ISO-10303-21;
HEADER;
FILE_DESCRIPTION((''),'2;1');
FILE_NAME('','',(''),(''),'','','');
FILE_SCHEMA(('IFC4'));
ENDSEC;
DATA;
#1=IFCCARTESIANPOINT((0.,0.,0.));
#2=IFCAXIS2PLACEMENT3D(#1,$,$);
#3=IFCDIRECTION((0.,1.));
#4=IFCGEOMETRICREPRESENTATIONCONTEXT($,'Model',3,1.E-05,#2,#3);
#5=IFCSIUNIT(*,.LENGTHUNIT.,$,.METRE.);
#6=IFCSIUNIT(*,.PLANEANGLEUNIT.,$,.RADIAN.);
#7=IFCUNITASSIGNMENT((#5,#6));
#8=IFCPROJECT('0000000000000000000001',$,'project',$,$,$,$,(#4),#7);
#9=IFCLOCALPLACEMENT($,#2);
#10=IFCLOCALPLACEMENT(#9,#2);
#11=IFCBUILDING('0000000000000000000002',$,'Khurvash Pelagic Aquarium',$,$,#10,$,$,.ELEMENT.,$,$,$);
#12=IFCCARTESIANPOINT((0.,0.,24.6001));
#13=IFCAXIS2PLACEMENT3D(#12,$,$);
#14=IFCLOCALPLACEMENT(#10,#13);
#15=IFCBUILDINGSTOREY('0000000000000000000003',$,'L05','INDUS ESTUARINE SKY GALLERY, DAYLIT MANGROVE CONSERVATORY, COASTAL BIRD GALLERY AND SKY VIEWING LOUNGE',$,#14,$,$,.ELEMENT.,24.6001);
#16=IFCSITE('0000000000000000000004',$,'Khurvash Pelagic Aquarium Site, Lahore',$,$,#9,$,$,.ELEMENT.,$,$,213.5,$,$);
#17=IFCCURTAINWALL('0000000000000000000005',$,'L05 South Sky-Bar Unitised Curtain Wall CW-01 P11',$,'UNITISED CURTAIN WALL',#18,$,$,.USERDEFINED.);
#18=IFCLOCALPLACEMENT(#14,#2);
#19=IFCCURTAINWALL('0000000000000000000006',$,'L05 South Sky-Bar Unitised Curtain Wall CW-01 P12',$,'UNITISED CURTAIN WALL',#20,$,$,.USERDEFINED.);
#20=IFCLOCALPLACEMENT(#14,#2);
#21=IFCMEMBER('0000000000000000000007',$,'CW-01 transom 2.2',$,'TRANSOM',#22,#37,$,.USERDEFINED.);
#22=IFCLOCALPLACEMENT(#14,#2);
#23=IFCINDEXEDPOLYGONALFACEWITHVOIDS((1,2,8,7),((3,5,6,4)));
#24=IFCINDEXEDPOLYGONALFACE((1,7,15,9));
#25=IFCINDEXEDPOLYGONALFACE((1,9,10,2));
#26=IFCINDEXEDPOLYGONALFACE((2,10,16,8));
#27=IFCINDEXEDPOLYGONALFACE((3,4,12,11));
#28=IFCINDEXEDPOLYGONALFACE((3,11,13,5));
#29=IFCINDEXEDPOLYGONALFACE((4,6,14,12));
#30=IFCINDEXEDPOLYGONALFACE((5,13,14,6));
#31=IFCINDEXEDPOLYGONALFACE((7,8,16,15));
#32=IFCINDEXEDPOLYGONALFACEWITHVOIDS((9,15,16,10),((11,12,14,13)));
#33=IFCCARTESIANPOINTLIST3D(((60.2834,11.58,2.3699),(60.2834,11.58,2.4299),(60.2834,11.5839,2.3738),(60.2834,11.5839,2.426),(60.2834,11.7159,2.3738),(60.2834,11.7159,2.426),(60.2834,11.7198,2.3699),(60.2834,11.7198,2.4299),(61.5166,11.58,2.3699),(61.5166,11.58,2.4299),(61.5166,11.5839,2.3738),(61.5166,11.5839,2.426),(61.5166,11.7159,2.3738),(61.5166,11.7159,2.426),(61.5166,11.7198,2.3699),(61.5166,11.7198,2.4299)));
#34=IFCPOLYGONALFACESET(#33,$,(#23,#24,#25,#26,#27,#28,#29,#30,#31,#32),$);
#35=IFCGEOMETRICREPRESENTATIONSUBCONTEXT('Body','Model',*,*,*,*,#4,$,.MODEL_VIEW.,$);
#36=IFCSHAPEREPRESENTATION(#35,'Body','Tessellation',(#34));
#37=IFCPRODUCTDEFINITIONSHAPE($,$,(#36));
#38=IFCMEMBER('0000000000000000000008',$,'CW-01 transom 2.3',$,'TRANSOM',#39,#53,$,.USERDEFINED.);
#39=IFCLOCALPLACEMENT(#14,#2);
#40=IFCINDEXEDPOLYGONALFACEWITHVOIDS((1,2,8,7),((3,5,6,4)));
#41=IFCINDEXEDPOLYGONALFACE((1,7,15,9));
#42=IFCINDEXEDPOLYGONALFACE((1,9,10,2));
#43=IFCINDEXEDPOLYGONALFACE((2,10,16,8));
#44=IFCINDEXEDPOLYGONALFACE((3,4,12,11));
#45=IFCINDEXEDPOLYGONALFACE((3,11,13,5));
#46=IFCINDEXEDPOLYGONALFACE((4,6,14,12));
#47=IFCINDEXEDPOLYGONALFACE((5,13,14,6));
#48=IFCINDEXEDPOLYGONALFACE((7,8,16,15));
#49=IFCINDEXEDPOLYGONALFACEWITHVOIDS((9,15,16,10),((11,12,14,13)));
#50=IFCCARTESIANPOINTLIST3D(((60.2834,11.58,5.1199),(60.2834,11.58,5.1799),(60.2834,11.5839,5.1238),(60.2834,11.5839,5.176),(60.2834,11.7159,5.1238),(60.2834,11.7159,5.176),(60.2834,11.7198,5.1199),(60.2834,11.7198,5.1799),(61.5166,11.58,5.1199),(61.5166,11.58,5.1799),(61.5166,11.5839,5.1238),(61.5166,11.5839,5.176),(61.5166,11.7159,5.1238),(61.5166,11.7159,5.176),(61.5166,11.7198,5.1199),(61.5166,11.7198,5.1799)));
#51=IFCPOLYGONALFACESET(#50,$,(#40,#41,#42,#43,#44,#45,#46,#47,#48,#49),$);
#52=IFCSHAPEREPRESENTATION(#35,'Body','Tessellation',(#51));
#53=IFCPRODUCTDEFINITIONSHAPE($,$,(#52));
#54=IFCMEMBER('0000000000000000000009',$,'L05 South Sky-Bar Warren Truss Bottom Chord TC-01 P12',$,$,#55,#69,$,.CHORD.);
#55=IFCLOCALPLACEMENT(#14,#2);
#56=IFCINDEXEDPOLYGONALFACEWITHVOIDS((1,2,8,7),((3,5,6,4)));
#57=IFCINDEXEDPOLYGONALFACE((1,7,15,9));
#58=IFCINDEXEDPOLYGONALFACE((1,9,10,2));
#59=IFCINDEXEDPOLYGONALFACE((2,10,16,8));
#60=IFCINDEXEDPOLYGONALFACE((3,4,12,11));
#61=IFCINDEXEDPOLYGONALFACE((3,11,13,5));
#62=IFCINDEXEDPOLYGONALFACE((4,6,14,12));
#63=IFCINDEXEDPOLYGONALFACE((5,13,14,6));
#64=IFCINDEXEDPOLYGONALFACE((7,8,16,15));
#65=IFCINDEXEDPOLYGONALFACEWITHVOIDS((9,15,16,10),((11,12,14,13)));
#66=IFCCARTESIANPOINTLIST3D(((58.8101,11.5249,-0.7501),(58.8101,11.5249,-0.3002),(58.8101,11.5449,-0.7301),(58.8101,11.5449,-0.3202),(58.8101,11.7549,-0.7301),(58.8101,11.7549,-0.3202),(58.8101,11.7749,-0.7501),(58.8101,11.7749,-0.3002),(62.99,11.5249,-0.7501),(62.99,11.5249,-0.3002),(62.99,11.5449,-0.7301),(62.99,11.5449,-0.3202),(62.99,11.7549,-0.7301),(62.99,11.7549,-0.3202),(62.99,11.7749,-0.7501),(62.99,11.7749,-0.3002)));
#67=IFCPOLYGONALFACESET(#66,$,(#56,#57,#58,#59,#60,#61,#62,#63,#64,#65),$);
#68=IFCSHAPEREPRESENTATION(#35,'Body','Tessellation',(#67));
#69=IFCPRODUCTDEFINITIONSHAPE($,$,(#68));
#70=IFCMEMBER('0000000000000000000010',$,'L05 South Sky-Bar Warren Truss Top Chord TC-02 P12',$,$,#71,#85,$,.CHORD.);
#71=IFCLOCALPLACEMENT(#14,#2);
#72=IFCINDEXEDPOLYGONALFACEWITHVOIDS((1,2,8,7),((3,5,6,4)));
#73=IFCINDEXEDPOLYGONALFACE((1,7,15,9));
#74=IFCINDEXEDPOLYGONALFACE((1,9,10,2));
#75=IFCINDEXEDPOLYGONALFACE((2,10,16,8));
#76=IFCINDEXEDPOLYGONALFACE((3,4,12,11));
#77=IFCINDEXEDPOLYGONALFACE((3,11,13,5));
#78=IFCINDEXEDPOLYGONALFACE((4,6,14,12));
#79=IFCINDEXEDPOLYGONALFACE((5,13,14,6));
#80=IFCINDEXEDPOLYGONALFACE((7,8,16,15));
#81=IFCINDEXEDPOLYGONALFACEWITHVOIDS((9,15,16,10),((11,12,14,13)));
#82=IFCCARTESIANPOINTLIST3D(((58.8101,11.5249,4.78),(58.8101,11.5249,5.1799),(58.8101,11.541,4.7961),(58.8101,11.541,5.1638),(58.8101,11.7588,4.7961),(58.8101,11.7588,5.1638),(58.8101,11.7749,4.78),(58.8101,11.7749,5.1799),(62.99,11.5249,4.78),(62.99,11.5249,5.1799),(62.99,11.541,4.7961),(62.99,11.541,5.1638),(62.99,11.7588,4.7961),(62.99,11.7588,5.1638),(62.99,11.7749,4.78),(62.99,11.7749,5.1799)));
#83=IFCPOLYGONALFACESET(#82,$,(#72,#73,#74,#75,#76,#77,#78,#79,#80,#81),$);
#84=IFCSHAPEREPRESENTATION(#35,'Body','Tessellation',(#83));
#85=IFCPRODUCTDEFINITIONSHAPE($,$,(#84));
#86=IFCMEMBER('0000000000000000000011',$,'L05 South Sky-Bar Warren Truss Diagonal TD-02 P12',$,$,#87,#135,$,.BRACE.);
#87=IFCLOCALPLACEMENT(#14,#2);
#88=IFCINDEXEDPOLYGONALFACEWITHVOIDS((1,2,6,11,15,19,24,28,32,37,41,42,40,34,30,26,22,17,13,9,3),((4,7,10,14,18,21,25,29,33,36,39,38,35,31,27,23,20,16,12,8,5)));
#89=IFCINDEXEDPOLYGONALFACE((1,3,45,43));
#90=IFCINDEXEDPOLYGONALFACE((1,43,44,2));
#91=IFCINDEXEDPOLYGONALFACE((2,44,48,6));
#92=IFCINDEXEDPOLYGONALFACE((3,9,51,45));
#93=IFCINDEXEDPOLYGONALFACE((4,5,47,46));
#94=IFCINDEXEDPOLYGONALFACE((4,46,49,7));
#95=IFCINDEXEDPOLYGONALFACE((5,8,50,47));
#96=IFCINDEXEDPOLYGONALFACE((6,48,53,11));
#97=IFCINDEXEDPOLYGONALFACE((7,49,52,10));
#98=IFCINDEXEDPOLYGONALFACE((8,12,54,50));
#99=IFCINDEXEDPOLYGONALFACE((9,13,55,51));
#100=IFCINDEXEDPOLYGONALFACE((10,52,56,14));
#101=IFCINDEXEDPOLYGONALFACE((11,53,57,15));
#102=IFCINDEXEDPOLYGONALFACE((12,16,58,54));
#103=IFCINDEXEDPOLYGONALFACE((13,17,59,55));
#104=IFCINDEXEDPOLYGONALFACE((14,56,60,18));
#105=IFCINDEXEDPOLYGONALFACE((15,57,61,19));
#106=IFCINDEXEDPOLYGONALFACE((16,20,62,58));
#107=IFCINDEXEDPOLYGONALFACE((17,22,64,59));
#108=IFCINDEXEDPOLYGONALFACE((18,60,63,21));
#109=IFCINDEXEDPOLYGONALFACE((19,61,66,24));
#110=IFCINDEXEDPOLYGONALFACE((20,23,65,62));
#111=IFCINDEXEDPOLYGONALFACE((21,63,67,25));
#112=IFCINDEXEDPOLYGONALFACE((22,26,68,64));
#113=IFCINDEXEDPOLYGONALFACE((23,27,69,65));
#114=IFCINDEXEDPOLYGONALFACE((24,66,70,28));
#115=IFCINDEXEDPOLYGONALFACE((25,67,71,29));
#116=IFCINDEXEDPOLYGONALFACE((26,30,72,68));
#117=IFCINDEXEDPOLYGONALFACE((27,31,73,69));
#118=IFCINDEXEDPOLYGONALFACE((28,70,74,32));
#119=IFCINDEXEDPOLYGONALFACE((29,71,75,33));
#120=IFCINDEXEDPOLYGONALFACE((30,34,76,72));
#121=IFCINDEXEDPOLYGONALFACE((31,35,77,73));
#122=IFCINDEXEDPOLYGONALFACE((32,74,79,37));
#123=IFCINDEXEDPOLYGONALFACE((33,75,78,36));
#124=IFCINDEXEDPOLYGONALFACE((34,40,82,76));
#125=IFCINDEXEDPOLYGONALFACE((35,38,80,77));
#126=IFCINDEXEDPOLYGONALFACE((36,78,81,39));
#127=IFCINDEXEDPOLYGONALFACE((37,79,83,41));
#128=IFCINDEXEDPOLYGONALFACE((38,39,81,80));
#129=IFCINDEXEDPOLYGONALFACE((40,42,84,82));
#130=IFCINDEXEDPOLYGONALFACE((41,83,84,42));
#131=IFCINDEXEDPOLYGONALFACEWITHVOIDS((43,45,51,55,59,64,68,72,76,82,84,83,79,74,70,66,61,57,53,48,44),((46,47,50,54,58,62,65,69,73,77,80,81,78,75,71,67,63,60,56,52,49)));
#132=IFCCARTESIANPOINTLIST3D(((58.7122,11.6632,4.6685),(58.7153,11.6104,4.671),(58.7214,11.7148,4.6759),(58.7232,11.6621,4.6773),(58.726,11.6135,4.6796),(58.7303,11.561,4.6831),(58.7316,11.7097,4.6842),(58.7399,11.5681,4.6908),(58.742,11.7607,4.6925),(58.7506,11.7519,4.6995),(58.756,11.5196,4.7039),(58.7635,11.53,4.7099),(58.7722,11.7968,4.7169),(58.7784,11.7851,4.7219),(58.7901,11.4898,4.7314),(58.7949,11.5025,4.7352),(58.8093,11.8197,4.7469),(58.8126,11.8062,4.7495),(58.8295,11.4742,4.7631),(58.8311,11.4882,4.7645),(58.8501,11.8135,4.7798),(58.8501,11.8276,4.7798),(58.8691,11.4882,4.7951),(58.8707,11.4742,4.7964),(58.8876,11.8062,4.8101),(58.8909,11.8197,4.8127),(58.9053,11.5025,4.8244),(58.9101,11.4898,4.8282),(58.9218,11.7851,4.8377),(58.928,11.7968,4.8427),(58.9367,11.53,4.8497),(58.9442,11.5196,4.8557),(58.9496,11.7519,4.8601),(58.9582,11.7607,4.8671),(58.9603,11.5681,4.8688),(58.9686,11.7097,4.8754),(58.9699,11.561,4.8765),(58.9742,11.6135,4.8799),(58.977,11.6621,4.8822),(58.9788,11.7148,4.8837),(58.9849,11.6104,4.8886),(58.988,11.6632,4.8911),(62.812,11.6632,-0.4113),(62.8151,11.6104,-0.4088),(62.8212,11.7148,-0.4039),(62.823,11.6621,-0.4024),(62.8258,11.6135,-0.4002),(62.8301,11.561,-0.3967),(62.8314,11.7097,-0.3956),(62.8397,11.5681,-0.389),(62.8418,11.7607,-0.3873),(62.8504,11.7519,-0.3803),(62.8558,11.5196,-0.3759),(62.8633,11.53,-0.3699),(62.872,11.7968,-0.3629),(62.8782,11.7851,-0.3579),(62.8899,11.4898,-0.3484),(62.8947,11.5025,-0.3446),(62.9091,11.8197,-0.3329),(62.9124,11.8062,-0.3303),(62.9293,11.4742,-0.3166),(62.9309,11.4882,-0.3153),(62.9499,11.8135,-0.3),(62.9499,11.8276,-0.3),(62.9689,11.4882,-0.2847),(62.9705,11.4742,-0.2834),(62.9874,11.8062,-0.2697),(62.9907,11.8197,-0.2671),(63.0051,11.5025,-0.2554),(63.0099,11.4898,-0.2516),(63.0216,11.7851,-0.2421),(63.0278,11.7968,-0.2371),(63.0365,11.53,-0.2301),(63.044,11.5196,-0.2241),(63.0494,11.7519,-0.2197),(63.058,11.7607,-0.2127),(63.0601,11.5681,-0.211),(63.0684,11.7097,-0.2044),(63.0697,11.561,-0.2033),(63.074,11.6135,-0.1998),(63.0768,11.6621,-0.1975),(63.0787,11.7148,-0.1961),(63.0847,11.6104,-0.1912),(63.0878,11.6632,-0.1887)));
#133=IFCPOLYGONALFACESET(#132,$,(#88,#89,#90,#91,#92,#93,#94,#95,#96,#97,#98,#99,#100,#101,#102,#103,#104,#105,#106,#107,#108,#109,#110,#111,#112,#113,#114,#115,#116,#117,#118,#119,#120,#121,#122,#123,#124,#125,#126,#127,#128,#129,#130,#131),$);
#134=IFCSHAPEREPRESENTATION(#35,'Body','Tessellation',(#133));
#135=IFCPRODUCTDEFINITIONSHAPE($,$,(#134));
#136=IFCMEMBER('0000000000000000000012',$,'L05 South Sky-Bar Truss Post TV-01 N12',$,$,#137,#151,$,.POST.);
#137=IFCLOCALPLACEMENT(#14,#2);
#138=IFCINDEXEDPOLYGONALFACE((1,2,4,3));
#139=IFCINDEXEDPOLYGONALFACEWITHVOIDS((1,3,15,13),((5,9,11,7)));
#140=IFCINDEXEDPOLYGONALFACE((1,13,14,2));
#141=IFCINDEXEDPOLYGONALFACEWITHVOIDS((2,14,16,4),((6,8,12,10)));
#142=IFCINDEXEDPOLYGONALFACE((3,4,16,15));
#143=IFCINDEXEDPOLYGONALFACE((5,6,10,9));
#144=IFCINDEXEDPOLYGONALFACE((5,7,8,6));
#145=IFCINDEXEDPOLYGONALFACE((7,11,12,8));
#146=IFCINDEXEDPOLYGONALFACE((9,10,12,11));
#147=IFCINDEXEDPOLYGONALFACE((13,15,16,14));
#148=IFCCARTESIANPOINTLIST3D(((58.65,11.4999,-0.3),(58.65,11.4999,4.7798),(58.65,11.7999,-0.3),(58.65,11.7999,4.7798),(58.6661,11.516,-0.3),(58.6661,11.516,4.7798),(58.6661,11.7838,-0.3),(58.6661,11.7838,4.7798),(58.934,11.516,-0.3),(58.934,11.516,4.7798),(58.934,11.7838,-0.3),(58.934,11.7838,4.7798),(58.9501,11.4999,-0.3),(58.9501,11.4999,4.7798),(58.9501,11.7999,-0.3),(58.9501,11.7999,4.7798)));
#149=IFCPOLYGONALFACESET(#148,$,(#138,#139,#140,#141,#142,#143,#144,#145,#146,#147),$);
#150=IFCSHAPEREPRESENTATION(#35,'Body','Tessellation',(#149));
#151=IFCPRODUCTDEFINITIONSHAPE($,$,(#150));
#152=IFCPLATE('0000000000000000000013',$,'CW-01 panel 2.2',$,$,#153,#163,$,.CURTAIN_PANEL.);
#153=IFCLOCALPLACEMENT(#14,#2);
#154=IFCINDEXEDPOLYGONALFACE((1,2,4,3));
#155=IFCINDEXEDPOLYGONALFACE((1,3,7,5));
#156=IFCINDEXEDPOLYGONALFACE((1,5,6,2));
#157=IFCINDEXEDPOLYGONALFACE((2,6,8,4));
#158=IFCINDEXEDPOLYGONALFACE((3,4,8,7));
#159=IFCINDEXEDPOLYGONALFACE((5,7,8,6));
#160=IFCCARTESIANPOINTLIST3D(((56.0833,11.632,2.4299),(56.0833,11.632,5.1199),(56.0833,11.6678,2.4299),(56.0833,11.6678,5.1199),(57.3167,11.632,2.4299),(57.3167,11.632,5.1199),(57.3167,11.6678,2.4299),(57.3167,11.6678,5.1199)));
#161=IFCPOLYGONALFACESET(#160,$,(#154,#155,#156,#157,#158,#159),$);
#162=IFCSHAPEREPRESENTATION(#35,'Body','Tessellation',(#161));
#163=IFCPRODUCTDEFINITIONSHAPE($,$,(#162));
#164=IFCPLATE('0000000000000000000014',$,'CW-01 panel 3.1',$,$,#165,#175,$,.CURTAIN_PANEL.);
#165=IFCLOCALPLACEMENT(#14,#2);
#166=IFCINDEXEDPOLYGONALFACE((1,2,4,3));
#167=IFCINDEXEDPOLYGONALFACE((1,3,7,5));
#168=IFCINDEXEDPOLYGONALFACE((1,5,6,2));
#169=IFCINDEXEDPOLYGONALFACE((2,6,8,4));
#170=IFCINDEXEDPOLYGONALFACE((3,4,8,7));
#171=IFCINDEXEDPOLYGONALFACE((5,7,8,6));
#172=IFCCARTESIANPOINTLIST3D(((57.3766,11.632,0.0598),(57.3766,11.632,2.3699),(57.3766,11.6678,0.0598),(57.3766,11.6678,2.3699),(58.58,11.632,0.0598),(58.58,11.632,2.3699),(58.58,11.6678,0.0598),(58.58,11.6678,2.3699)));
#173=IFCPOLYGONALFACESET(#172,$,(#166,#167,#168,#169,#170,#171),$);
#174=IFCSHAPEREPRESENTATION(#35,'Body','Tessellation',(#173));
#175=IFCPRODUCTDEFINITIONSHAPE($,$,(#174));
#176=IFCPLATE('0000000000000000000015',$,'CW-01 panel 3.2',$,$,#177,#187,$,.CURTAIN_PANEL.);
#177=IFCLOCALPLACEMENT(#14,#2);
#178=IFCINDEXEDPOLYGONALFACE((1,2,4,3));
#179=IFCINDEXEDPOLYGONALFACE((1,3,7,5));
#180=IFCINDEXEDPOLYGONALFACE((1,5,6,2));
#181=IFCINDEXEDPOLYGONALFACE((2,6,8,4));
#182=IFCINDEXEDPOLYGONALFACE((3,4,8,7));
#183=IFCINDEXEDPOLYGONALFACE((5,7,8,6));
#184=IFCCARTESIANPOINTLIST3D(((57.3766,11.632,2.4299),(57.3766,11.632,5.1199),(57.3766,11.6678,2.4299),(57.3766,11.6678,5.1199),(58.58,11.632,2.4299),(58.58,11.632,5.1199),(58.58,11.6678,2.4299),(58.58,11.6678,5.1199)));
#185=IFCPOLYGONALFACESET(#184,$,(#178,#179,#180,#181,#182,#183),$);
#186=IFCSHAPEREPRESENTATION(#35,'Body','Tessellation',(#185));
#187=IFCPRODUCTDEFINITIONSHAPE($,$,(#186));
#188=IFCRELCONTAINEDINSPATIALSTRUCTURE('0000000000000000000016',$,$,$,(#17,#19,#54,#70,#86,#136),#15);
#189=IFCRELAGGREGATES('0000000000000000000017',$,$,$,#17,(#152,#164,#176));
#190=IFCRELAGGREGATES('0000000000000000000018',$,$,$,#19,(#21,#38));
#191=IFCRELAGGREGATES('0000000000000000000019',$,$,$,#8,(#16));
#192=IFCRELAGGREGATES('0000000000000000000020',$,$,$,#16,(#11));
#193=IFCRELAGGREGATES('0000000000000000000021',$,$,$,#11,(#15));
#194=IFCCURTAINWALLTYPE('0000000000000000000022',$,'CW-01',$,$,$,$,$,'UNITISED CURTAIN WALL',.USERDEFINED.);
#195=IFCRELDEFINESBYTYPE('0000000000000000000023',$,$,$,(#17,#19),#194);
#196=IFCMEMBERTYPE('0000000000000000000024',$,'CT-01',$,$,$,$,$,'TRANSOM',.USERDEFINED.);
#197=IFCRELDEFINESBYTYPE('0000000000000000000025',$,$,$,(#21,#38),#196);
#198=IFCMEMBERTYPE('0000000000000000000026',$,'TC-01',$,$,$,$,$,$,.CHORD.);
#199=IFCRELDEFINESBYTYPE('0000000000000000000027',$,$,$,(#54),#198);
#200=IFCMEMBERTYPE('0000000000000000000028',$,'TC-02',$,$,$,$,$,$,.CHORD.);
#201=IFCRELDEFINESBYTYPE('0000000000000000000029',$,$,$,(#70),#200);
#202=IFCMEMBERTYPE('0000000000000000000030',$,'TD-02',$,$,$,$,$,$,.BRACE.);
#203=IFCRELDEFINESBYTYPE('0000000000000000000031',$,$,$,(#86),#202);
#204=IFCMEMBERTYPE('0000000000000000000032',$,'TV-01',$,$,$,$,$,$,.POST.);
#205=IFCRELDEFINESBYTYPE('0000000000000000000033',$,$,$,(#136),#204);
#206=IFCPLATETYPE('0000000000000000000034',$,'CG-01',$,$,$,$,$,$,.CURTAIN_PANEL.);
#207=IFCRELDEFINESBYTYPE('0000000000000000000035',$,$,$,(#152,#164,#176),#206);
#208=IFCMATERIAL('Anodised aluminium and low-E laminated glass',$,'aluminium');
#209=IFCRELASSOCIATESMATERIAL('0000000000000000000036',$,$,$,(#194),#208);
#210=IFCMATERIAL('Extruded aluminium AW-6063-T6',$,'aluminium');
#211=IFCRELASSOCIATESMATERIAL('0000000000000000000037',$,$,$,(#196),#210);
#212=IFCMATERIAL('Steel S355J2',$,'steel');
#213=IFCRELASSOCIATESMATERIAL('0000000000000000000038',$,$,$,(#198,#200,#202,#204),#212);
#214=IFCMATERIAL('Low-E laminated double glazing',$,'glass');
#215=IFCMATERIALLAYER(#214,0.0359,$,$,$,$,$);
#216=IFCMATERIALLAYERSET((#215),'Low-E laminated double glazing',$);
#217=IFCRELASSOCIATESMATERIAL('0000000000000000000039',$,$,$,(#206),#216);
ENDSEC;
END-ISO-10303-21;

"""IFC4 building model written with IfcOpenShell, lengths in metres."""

from ifc_helpers import new_model, si_unit, direction, frame, origin, origin_2d, place, context, subcontext, project, spatial, rectangle, hollow_rectangle, hollow_circle, extrude, material, layer, layer_set, material_profile, profile_set, type_object, element, aggregate, save


model = new_model("IFC4")

# Units and contexts
model_context = context("Model", 3, precision=1e-05, world=origin(), true_north=direction((0.0, 1.0)))
body_context = subcontext(model_context, "Body", "Model", "MODEL_VIEW")
ifc_project = project(units=[si_unit("LENGTHUNIT", "METRE"), si_unit("PLANEANGLEUNIT", "RADIAN")], contexts=[model_context])

# Site, building, storey
site_placement = place(None, origin())
site = spatial("IfcSite", under=ifc_project, at=site_placement, Name="Khurvash Pelagic Aquarium Site, Lahore", CompositionType="ELEMENT", RefElevation=213.5)
building_placement = place(site_placement, origin())
building = spatial("IfcBuilding", under=site, at=building_placement, Name="Khurvash Pelagic Aquarium", CompositionType="ELEMENT")
storey_placement = place(building_placement, frame((0.0, 0.0, 24.6001)))
storey = spatial("IfcBuildingStorey", under=building, at=storey_placement, Name="L05", Description="INDUS ESTUARINE SKY GALLERY, DAYLIT MANGROVE CONSERVATORY, COASTAL BIRD GALLERY AND SKY VIEWING LOUNGE", CompositionType="ELEMENT", Elevation=24.6001)

# Curtain walls
ifc_material_1 = material(Name="Anodised aluminium and low-E laminated glass", Category="aluminium")
curtain_wall_type = type_object("IfcCurtainWallType", Name="CW-01", ElementType="UNITISED CURTAIN WALL", PredefinedType="USERDEFINED", material=ifc_material_1)
curtain_wall_1_placement = place(storey_placement, origin())
curtain_wall_1 = element("IfcCurtainWall", 1, at=curtain_wall_1_placement, inside=storey, type_object=curtain_wall_type, Name="L05 South Sky-Bar Unitised Curtain Wall CW-01 P11", ObjectType="UNITISED CURTAIN WALL", PredefinedType="USERDEFINED")
ifc_material_2 = material(Name="Extruded aluminium AW-6063-T6", Category="aluminium")
curtain_wall_2_placement = place(storey_placement, origin())
curtain_wall_2 = element("IfcCurtainWall", 2, at=curtain_wall_2_placement, inside=storey, type_object=curtain_wall_type, Name="L05 South Sky-Bar Unitised Curtain Wall CW-01 P12", ObjectType="UNITISED CURTAIN WALL", PredefinedType="USERDEFINED")

# Members
ifc_material_profile_1 = material_profile(ifc_material_2, hollow_rectangle(XDim=0.1399, YDim=0.0601, WallThickness=0.0039, at=origin_2d()), Name="CWT140X60X4")
ifc_profile_set_1 = profile_set([ifc_material_profile_1], Name="Extruded aluminium AW-6063-T6")
member_type_1 = type_object("IfcMemberType", Name="CT-01", ElementType="TRANSOM", PredefinedType="USERDEFINED", material=ifc_profile_set_1)
member_1_placement = place(storey_placement, frame((60.2834, 11.6499, 2.3999), z_axis=(1.0, 0.0, 0.0), x_axis=(0.0, 1.0, 0.0)))
member_1 = element("IfcMember", 3, at=member_1_placement, type_object=member_type_1, Name="CW-01 transom 2.2", ObjectType="TRANSOM", PredefinedType="USERDEFINED", context=body_context, shape_type="SweptSolid", body=[
    extrude(hollow_rectangle(XDim=0.1399, YDim=0.0601, WallThickness=0.0039, at=origin_2d()), origin(), (0.0, 0.0, 1.0), 1.2332),
])
member_2_placement = place(storey_placement, frame((60.2834, 11.6499, 5.1499), z_axis=(1.0, 0.0, 0.0), x_axis=(0.0, 1.0, 0.0)))
member_2 = element("IfcMember", 4, at=member_2_placement, type_object=member_type_1, Name="CW-01 transom 2.3", ObjectType="TRANSOM", PredefinedType="USERDEFINED", context=body_context, shape_type="SweptSolid", body=[
    extrude(hollow_rectangle(XDim=0.1399, YDim=0.0601, WallThickness=0.0039, at=origin_2d()), origin(), (0.0, 0.0, 1.0), 1.2332),
])

# Members
ifc_material_3 = material(Name="Steel S355J2", Category="steel")
ifc_material_profile_2 = material_profile(ifc_material_3, hollow_rectangle(XDim=0.25, YDim=0.45, WallThickness=0.02, at=origin_2d()), Name="RHS450X250X20")
ifc_profile_set_2 = profile_set([ifc_material_profile_2], Name="Steel S355J2")
member_type_2 = type_object("IfcMemberType", Name="TC-01", PredefinedType="CHORD", material=ifc_profile_set_2)
member_3_placement = place(storey_placement, frame((58.8101, 11.6499, -0.5251), z_axis=(1.0, 0.0, 0.0), x_axis=(0.0, 1.0, 0.0)))
element("IfcMember", 5, at=member_3_placement, inside=storey, type_object=member_type_2, Name="L05 South Sky-Bar Warren Truss Bottom Chord TC-01 P12", PredefinedType="CHORD", context=body_context, shape_type="SweptSolid", body=[
    extrude(hollow_rectangle(XDim=0.25, YDim=0.45, WallThickness=0.02, at=origin_2d()), origin(), (0.0, 0.0, 1.0), 4.1799),
])
ifc_material_profile_3 = material_profile(ifc_material_3, hollow_rectangle(XDim=0.25, YDim=0.3999, WallThickness=0.0161, at=origin_2d()), Name="RHS400X250X16")
ifc_profile_set_3 = profile_set([ifc_material_profile_3], Name="Steel S355J2")
member_type_3 = type_object("IfcMemberType", Name="TC-02", PredefinedType="CHORD", material=ifc_profile_set_3)
member_4_placement = place(storey_placement, frame((58.8101, 11.6499, 4.98), z_axis=(1.0, 0.0, 0.0), x_axis=(0.0, 1.0, 0.0)))
element("IfcMember", 6, at=member_4_placement, inside=storey, type_object=member_type_3, Name="L05 South Sky-Bar Warren Truss Top Chord TC-02 P12", PredefinedType="CHORD", context=body_context, shape_type="SweptSolid", body=[
    extrude(hollow_rectangle(XDim=0.25, YDim=0.3999, WallThickness=0.0161, at=origin_2d()), origin(), (0.0, 0.0, 1.0), 4.1799),
])
ifc_material_profile_4 = material_profile(ifc_material_3, hollow_circle(Radius=0.1777, WallThickness=0.0142, at=origin_2d()), Name="CHS355X14")
ifc_profile_set_4 = profile_set([ifc_material_profile_4], Name="Steel S355J2")
member_type_4 = type_object("IfcMemberType", Name="TD-02", PredefinedType="BRACE", material=ifc_profile_set_4)
member_5_placement = place(storey_placement, frame((58.8501, 11.6499, 4.7798), z_axis=(0.628051, 0.0, -0.778172), x_axis=(0.0, 1.0, 0.0)))
element("IfcMember", 7, at=member_5_placement, inside=storey, type_object=member_type_4, Name="L05 South Sky-Bar Warren Truss Diagonal TD-02 P12", PredefinedType="BRACE", context=body_context, shape_type="SweptSolid", body=[
    extrude(hollow_circle(Radius=0.1777, WallThickness=0.0142, at=origin_2d()), origin(), (0.0, 0.0, 1.0), 6.5278),
])
ifc_material_profile_5 = material_profile(ifc_material_3, hollow_rectangle(XDim=0.3, YDim=0.3, WallThickness=0.0161, at=origin_2d()), Name="SHS300X300X16")
ifc_profile_set_5 = profile_set([ifc_material_profile_5], Name="Steel S355J2")
member_type_5 = type_object("IfcMemberType", Name="TV-01", PredefinedType="POST", material=ifc_profile_set_5)
member_6_placement = place(storey_placement, frame((58.8, 11.6499, -0.3), z_axis=(0.0, 0.0, 1.0), x_axis=(1.0, 0.0, 0.0)))
element("IfcMember", 8, at=member_6_placement, inside=storey, type_object=member_type_5, Name="L05 South Sky-Bar Truss Post TV-01 N12", PredefinedType="POST", context=body_context, shape_type="SweptSolid", body=[
    extrude(hollow_rectangle(XDim=0.3, YDim=0.3, WallThickness=0.0161, at=origin_2d()), origin(), (0.0, 0.0, 1.0), 5.0798),
])

# Plates
ifc_material_4 = material(Name="Low-E laminated double glazing", Category="glass")
ifc_layer = layer(ifc_material_4, 0.0359)
ifc_layer_set = layer_set([ifc_layer], Name="Low-E laminated double glazing")
plate_type = type_object("IfcPlateType", Name="CG-01", PredefinedType="CURTAIN_PANEL", material=ifc_layer_set)
plate_1_placement = place(storey_placement, frame((56.7, 11.6499, 2.4299), z_axis=(0.0, 0.0, 1.0), x_axis=(1.0, 0.0, 0.0)))
plate_1 = element("IfcPlate", 9, at=plate_1_placement, type_object=plate_type, Name="CW-01 panel 2.2", PredefinedType="CURTAIN_PANEL", context=body_context, shape_type="SweptSolid", body=[
    extrude(rectangle(XDim=1.2334, YDim=0.0359, at=origin_2d()), origin(), (0.0, 0.0, 1.0), 2.6899),
])
plate_2_placement = place(storey_placement, frame((57.9783, 11.6499, 0.0598), z_axis=(0.0, 0.0, 1.0), x_axis=(1.0, 0.0, 0.0)))
plate_2 = element("IfcPlate", 10, at=plate_2_placement, type_object=plate_type, Name="CW-01 panel 3.1", PredefinedType="CURTAIN_PANEL", context=body_context, shape_type="SweptSolid", body=[
    extrude(rectangle(XDim=1.2034, YDim=0.0359, at=origin_2d()), origin(), (0.0, 0.0, 1.0), 2.3101),
])
plate_3_placement = place(storey_placement, frame((57.9783, 11.6499, 2.4299), z_axis=(0.0, 0.0, 1.0), x_axis=(1.0, 0.0, 0.0)))
plate_3 = element("IfcPlate", 11, at=plate_3_placement, type_object=plate_type, Name="CW-01 panel 3.2", PredefinedType="CURTAIN_PANEL", context=body_context, shape_type="SweptSolid", body=[
    extrude(rectangle(XDim=1.2034, YDim=0.0359, at=origin_2d()), origin(), (0.0, 0.0, 1.0), 2.6899),
])
aggregate(curtain_wall_1, [plate_1, plate_2, plate_3])
aggregate(curtain_wall_2, [member_1, member_2])

save(model, "model.ifc")
